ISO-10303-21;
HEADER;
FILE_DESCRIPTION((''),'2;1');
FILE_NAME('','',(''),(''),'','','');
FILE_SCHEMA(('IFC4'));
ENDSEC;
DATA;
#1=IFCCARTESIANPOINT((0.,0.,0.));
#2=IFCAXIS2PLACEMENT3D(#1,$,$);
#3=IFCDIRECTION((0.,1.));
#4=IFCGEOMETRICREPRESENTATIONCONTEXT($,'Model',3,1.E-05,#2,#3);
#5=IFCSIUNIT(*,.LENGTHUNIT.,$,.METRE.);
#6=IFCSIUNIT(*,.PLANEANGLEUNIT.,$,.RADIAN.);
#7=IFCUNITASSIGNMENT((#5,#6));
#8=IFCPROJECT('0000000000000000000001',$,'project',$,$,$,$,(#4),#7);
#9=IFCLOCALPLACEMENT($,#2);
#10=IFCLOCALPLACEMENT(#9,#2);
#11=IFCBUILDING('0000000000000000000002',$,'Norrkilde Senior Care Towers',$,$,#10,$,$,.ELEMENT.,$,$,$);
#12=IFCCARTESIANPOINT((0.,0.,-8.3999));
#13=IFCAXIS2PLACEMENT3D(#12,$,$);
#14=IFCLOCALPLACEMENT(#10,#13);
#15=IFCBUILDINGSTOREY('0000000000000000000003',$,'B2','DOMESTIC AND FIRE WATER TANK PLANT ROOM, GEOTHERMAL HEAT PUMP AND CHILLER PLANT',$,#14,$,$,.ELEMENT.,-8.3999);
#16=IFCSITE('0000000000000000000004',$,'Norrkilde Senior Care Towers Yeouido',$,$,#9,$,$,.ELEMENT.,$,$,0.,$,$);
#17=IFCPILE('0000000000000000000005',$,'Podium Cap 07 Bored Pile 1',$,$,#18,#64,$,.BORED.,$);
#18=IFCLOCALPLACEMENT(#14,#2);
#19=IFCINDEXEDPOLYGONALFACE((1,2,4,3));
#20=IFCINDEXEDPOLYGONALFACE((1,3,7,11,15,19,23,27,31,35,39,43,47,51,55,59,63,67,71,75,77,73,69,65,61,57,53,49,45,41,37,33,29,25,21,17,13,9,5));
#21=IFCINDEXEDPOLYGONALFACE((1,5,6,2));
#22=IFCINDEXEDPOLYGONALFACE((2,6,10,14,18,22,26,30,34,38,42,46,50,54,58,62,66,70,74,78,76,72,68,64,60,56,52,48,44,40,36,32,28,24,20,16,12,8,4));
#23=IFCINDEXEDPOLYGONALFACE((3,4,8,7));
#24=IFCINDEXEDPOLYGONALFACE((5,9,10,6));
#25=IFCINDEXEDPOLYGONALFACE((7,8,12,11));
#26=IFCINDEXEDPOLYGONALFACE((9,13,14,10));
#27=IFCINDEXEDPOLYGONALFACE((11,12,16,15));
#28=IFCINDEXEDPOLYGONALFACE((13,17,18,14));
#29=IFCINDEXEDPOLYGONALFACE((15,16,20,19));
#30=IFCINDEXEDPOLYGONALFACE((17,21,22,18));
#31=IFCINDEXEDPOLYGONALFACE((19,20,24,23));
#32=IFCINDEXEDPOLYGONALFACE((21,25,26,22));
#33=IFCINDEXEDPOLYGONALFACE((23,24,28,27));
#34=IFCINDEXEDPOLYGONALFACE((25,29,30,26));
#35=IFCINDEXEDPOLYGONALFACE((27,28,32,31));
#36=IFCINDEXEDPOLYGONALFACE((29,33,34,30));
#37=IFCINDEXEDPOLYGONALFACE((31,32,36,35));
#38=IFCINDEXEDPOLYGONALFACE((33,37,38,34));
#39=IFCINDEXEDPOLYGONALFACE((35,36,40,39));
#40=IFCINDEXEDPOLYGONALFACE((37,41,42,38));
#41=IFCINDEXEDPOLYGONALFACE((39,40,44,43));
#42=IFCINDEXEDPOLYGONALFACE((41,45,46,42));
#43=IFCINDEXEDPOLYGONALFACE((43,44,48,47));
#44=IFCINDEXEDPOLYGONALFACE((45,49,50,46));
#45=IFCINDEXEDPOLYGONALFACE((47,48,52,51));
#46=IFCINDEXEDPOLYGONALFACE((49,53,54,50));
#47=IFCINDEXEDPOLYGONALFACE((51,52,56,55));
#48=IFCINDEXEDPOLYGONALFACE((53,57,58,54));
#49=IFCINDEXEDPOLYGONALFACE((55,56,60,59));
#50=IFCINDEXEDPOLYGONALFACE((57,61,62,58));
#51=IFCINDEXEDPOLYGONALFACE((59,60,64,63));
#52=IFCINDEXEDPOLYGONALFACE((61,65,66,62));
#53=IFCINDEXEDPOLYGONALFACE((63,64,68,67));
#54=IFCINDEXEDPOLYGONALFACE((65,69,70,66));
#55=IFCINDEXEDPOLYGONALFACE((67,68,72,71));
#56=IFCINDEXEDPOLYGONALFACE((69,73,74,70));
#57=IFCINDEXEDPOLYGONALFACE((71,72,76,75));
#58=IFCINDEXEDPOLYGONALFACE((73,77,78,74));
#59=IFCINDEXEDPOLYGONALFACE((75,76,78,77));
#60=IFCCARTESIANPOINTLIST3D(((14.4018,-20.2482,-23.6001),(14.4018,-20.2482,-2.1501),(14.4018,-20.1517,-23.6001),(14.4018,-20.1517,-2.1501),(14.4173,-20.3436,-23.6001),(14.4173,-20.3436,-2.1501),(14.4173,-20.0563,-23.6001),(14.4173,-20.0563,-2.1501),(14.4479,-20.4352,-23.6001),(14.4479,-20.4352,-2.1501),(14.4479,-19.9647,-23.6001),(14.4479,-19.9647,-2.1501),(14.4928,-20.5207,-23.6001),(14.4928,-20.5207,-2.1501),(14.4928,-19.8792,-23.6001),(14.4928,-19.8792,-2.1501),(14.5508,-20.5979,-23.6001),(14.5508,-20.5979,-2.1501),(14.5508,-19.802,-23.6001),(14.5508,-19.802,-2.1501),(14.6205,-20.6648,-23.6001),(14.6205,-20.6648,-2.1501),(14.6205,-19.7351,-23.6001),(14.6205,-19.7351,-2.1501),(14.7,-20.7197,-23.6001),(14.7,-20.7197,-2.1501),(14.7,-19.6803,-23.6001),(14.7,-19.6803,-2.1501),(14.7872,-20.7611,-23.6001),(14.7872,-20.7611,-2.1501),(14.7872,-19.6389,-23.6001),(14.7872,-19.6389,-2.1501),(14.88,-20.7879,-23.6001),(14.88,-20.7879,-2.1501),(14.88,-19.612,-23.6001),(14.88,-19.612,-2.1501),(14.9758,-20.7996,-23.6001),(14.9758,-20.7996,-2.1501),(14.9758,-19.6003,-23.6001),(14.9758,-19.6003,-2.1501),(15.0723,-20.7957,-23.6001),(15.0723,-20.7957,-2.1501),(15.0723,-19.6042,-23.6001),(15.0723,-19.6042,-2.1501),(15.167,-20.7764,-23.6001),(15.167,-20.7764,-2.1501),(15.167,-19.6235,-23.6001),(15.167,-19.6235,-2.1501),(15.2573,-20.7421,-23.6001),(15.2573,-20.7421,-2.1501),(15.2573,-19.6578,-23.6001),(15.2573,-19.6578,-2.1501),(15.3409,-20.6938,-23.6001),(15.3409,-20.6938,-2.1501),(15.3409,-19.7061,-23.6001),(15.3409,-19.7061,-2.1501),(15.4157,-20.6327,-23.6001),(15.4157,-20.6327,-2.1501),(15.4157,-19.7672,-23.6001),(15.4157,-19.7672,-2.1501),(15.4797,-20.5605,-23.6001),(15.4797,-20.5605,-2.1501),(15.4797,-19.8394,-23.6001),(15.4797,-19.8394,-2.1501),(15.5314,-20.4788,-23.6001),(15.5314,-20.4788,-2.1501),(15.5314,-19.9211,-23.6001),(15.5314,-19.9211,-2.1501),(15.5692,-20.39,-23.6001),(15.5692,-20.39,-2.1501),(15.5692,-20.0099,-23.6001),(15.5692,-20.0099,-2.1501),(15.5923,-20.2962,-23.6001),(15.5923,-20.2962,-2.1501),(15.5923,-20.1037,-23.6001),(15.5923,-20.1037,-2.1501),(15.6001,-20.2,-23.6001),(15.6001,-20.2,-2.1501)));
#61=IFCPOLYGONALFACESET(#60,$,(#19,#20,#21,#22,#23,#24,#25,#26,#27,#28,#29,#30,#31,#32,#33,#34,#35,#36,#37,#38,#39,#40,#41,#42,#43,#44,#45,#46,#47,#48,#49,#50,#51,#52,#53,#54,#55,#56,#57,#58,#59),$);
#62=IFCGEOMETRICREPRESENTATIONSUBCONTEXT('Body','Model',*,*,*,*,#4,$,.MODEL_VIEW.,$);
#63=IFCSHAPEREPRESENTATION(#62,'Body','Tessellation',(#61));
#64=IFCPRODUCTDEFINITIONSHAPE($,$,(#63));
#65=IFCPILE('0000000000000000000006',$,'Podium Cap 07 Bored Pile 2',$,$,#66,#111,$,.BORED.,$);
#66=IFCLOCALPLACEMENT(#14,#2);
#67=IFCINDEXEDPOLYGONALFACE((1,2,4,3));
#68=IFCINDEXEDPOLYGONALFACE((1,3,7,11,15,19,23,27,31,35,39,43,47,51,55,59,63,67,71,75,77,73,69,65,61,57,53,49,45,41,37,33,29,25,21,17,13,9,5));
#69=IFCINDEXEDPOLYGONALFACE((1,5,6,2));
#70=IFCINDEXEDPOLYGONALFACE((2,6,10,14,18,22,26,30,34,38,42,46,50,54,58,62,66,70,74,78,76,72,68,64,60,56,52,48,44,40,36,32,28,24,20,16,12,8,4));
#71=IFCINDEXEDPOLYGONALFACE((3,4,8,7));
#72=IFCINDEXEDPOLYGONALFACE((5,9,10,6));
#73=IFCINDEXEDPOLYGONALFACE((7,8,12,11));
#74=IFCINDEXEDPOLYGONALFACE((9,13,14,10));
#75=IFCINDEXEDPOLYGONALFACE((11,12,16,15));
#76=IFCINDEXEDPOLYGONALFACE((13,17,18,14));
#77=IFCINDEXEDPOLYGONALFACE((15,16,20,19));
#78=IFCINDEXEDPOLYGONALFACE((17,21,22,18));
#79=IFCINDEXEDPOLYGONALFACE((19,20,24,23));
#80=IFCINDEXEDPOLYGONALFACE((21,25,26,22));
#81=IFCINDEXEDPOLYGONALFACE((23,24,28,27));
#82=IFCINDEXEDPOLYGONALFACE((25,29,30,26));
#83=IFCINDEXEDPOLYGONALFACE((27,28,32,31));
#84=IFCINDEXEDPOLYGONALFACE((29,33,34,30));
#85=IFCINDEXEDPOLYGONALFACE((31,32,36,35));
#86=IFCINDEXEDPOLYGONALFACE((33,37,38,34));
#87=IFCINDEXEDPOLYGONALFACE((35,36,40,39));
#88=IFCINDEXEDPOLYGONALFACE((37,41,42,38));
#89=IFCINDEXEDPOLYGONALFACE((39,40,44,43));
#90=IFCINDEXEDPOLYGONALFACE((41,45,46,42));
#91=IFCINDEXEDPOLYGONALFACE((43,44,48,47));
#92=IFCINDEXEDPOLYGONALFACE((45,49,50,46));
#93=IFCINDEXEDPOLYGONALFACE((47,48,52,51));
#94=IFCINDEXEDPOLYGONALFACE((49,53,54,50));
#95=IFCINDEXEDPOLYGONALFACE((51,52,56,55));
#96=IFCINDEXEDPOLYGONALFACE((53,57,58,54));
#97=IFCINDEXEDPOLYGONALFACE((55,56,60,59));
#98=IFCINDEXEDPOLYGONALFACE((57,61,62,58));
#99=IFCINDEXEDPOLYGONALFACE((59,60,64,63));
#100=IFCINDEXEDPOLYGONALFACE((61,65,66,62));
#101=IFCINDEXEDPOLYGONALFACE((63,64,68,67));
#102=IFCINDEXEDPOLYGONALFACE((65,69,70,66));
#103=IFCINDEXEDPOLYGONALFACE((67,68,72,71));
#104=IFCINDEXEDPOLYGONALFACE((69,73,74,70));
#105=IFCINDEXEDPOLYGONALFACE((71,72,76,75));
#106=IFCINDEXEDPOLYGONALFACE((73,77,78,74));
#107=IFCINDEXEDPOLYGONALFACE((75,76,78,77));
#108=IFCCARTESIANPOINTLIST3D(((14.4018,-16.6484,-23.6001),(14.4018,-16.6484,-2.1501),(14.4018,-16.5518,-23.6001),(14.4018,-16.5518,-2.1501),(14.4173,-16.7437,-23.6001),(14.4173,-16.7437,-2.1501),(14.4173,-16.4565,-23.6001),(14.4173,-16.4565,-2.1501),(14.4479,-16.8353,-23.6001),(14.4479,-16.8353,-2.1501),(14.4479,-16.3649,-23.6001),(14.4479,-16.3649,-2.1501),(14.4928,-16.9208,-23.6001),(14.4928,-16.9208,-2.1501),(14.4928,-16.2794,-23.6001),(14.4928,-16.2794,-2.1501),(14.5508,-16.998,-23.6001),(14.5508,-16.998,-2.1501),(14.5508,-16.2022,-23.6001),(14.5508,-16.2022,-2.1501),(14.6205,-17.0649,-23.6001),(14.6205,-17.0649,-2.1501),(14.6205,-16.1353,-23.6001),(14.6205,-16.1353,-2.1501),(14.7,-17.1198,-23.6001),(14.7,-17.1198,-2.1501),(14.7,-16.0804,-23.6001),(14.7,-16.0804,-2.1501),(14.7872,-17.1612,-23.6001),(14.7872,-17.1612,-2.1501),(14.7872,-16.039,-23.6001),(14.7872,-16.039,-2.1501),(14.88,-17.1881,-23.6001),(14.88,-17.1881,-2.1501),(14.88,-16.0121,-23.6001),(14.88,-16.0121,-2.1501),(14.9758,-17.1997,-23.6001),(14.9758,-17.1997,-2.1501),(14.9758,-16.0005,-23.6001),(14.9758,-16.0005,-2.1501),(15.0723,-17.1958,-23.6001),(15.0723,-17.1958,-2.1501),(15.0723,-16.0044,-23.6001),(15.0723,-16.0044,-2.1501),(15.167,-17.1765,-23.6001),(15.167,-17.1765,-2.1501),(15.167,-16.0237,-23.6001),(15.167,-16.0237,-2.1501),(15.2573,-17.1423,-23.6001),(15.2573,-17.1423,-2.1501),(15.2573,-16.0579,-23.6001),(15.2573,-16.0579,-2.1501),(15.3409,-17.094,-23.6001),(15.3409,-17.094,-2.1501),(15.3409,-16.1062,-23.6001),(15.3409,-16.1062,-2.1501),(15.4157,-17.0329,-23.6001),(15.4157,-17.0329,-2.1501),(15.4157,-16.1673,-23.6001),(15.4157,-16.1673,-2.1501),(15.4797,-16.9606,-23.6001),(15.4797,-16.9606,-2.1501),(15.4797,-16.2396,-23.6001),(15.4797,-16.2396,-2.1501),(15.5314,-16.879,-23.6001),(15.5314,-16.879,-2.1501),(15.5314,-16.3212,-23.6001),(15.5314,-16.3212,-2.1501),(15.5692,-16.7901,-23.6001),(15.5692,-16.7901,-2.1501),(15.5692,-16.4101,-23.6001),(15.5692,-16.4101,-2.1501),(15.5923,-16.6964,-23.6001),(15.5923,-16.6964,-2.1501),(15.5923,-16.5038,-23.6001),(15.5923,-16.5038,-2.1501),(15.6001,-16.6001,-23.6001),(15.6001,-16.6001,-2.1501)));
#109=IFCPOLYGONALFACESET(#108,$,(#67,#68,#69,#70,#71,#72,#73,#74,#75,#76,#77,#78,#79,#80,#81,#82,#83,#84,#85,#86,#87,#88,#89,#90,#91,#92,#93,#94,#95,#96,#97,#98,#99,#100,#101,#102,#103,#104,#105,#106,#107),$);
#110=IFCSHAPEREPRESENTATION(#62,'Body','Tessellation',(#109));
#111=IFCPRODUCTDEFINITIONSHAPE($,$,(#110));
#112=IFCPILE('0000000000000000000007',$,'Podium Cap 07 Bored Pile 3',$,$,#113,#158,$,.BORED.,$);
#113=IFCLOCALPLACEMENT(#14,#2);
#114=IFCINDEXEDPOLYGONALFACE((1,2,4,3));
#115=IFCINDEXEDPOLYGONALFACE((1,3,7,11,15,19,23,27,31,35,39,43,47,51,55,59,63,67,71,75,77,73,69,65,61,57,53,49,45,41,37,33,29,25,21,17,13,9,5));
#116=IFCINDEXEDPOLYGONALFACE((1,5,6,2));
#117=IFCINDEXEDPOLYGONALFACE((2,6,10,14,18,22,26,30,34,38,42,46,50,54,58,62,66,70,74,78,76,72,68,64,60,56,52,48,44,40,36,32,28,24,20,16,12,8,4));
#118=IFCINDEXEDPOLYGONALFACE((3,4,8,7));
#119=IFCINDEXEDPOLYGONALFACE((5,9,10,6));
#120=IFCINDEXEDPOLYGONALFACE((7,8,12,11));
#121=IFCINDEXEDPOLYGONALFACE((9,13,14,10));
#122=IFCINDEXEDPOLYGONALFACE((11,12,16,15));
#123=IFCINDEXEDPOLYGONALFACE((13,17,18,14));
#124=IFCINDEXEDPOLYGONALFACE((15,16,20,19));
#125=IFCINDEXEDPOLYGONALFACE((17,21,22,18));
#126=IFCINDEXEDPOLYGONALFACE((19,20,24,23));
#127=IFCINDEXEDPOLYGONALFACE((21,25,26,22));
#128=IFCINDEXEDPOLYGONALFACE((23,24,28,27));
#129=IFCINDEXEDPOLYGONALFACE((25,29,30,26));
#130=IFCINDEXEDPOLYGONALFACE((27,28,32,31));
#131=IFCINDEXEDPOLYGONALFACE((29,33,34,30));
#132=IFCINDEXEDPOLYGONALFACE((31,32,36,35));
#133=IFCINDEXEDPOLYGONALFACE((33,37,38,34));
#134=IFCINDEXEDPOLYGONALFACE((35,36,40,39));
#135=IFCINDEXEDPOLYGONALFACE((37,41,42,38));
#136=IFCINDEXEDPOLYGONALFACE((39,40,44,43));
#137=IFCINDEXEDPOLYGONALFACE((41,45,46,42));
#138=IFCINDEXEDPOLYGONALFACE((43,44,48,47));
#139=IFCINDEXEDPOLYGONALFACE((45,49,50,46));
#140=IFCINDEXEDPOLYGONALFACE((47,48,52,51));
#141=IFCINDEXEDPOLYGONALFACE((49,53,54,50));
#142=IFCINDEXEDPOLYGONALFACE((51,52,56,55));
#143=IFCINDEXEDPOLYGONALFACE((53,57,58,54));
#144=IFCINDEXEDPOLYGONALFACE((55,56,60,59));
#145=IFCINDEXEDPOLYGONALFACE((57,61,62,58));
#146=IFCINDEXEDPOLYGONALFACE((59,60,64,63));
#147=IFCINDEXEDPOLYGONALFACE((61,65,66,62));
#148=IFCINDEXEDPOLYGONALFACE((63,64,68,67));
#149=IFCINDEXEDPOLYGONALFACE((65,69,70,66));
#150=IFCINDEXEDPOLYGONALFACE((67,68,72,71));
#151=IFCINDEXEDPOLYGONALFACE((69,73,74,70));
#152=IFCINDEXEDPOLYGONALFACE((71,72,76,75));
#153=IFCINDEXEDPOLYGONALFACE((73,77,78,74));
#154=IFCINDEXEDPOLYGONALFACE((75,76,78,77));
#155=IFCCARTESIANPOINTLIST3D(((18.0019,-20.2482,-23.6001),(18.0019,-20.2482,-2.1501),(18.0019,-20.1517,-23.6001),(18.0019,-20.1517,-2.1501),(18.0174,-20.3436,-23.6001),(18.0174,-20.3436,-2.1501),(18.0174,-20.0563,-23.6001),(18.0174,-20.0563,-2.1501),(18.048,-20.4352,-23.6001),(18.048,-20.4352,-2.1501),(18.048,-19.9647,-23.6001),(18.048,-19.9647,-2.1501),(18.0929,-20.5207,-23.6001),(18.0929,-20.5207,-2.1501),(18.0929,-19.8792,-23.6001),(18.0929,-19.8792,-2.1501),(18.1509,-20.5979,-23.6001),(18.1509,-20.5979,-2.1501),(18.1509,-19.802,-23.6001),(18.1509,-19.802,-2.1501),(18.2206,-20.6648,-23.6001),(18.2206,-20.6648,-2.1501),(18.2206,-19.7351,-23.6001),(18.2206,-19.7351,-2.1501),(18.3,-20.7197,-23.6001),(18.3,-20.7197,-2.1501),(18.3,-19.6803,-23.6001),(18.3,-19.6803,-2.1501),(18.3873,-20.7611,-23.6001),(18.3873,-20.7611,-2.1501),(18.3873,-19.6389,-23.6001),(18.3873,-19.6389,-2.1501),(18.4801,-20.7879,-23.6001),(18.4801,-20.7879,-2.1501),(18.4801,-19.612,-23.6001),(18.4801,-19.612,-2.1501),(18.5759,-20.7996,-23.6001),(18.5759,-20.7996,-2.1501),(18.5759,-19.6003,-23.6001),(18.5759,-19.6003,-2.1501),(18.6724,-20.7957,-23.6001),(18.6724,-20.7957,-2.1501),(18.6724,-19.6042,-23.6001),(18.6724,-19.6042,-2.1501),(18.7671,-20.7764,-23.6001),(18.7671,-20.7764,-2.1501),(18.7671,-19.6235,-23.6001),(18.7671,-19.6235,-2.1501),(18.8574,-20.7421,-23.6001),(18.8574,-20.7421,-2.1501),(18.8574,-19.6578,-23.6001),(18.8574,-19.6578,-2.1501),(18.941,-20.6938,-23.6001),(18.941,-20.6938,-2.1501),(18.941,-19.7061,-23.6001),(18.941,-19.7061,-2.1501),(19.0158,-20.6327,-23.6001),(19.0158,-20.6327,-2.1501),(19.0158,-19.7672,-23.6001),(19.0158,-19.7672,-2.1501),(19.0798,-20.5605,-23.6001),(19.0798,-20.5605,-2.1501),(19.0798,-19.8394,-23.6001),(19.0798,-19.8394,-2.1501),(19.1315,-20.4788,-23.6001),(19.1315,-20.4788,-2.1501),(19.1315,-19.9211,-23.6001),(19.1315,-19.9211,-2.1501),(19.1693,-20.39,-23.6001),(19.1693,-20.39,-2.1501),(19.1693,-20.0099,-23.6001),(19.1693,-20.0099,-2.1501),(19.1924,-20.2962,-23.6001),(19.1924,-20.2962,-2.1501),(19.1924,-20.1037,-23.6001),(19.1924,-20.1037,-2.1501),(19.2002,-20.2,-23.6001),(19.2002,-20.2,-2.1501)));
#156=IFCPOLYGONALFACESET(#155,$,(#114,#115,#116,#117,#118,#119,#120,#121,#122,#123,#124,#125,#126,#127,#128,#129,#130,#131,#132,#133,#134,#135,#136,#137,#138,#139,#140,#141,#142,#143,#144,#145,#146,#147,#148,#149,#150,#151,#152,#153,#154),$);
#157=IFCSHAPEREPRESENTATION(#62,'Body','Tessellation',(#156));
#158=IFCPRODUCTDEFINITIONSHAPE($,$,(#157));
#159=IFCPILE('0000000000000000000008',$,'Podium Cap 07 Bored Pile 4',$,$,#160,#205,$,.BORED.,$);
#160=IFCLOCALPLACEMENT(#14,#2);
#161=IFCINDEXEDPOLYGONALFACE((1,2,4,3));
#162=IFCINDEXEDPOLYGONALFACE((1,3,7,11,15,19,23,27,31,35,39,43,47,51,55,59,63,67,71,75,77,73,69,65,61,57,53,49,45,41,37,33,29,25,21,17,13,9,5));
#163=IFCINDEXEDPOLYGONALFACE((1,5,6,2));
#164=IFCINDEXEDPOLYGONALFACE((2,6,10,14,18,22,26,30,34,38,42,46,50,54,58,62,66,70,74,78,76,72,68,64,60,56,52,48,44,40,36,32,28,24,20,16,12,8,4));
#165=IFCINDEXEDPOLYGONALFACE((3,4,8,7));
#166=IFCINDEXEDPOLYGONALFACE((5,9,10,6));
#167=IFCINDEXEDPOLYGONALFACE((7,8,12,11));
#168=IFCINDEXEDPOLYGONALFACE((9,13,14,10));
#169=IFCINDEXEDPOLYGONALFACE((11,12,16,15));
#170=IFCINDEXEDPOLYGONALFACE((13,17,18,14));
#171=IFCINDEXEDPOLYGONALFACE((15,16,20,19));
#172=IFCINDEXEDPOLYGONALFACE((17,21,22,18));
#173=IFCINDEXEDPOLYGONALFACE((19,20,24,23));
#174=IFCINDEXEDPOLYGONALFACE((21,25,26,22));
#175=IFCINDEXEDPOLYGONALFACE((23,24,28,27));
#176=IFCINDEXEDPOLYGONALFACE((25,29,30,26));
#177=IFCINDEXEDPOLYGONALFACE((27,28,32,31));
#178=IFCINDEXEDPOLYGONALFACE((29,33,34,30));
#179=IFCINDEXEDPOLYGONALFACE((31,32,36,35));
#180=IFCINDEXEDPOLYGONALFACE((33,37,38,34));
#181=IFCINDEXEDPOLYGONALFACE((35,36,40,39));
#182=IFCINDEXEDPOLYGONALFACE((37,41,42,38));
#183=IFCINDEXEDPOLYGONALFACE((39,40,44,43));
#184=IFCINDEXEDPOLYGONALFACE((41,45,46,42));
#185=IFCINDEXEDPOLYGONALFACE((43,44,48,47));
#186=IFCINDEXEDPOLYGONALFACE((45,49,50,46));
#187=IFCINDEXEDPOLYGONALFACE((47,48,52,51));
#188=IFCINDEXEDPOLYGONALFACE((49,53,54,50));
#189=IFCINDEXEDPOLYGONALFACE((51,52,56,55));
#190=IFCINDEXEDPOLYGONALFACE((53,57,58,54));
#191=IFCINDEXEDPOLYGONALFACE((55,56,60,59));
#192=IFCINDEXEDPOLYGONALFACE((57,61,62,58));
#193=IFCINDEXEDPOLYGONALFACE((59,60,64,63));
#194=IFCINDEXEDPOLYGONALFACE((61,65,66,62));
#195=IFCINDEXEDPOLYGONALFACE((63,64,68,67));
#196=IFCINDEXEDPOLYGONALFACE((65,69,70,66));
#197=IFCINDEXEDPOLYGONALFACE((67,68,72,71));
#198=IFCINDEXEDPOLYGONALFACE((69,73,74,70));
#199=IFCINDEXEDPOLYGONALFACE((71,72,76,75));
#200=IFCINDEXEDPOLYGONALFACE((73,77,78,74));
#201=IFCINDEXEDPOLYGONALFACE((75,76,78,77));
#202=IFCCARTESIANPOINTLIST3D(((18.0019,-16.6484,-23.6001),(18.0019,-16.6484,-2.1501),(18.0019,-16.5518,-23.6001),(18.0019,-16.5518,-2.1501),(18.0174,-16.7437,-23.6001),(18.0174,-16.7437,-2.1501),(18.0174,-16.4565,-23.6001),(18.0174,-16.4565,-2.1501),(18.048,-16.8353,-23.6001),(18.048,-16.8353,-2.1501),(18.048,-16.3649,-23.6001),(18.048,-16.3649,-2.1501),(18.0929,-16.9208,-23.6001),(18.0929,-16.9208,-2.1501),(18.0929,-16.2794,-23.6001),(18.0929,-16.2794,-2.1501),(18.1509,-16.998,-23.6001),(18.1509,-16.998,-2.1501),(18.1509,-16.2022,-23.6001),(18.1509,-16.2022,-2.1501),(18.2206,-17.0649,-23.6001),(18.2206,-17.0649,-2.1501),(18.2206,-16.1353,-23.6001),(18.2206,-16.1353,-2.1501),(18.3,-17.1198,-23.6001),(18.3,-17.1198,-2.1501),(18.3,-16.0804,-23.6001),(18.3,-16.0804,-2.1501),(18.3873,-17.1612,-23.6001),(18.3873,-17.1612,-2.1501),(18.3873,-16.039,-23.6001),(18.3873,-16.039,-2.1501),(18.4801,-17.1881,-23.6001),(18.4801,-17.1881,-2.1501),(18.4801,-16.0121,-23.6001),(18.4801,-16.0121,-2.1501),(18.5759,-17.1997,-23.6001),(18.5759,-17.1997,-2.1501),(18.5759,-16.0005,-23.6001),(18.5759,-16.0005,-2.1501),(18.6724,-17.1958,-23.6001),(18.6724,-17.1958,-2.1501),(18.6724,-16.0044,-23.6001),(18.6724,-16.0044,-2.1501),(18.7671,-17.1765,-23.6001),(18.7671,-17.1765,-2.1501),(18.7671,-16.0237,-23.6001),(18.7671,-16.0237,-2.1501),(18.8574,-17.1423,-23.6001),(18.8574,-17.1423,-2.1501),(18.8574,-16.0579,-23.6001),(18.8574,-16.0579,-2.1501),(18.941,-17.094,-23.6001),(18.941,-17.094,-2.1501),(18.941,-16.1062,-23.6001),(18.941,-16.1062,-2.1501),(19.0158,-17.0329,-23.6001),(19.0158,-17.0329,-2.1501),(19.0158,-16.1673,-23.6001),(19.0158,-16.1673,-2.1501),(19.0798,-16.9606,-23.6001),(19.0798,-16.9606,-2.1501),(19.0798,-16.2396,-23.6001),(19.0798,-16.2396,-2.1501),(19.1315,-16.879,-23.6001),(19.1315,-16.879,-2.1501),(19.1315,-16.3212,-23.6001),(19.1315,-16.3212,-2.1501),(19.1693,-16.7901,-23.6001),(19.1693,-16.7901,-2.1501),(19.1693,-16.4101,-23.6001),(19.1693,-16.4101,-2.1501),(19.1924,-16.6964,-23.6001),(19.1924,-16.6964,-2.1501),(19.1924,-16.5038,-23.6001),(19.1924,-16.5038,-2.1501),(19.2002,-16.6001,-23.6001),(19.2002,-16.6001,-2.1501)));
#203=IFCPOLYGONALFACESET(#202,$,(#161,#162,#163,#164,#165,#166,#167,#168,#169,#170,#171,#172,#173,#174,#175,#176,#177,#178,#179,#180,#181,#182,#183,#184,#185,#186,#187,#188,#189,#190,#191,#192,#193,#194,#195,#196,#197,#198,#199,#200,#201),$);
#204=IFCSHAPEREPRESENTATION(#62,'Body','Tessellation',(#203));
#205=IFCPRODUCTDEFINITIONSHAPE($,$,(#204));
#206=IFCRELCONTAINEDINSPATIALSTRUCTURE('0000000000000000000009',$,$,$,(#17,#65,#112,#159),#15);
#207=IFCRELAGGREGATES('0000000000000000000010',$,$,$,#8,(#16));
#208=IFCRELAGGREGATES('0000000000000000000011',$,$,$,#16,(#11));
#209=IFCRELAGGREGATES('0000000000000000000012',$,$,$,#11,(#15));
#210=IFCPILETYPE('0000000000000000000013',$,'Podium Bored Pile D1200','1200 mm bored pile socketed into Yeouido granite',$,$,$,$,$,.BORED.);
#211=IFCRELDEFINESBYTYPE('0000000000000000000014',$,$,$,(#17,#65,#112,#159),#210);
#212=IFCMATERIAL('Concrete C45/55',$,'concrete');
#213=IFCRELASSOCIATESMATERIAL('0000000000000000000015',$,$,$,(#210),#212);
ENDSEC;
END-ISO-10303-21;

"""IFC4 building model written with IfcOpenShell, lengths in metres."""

from ifc_helpers import new_model, si_unit, direction, frame, origin, origin_2d, place, context, subcontext, project, spatial, circle, extrude, source, transform, mapped, material, material_profile, profile_set, type_object, type_shapes, element, save


model = new_model("IFC4")

# Units and contexts
model_context = context("Model", 3, precision=1e-05, world=origin(), true_north=direction((0.0, 1.0)))
body_context = subcontext(model_context, "Body", "Model", "MODEL_VIEW")
ifc_project = project(units=[si_unit("LENGTHUNIT", "METRE"), si_unit("PLANEANGLEUNIT", "RADIAN")], contexts=[model_context])

# Site, building, storey
site_placement = place(None, origin())
site = spatial("IfcSite", under=ifc_project, at=site_placement, Name="Norrkilde Senior Care Towers Yeouido", CompositionType="ELEMENT", RefElevation=0.0)
building_placement = place(site_placement, origin())
building = spatial("IfcBuilding", under=site, at=building_placement, Name="Norrkilde Senior Care Towers", CompositionType="ELEMENT")
storey_placement = place(building_placement, frame((0.0, 0.0, -8.3999)))
storey = spatial("IfcBuildingStorey", under=building, at=storey_placement, Name="B2", Description="DOMESTIC AND FIRE WATER TANK PLANT ROOM, GEOTHERMAL HEAT PUMP AND CHILLER PLANT", CompositionType="ELEMENT", Elevation=-8.3999)

# Piles
ifc_material_1 = material(Name="Concrete C45/55", Category="concrete")
ifc_material_profile_1 = material_profile(ifc_material_1, circle(Radius=0.6001, at=origin_2d()), Name="BORED PILE 1200")
ifc_profile_set_1 = profile_set([ifc_material_profile_1], Name="Concrete C45/55")
pile_type = type_object("IfcPileType", Name="Podium Bored Pile D1200", Description="1200 mm bored pile socketed into Yeouido granite", PredefinedType="BORED", material=ifc_profile_set_1)
shared_shape_1 = source(origin(), body_context, "Body", "SweptSolid", [
    extrude(circle(Radius=0.6001, at=origin_2d()), origin(), (0.0, 0.0, 1.0), 21.45),
])
type_shapes(pile_type, [shared_shape_1])
for number, where, z_axis, x_axis, name in (
    (1, (15.0, -20.2, -2.1501), (0.0, 0.0, -1.0), (1.0, 0.0, 0.0), "Podium Cap 07 Bored Pile 1"),
    (2, (15.0, -16.6001, -2.1501), (0.0, 0.0, -1.0), (1.0, 0.0, 0.0), "Podium Cap 07 Bored Pile 2"),
    (3, (18.6001, -20.2, -2.1501), (0.0, 0.0, -1.0), (1.0, 0.0, 0.0), "Podium Cap 07 Bored Pile 3"),
    (4, (18.6001, -16.6001, -2.1501), (0.0, 0.0, -1.0), (1.0, 0.0, 0.0), "Podium Cap 07 Bored Pile 4"),
):
    element("IfcPile", number, at=place(storey_placement, frame(where, z_axis=z_axis, x_axis=x_axis)), inside=storey, type_object=pile_type, Name=name, PredefinedType="BORED", context=body_context, shape_type="MappedRepresentation", body=[
        mapped(shared_shape_1, transform((0.0, 0.0, 0.0), x_axis=(1.0, 0.0, 0.0), y_axis=(0.0, 1.0, 0.0), z_axis=(0.0, 0.0, 1.0), scale=1.0)),
    ])

save(model, "model.ifc")
